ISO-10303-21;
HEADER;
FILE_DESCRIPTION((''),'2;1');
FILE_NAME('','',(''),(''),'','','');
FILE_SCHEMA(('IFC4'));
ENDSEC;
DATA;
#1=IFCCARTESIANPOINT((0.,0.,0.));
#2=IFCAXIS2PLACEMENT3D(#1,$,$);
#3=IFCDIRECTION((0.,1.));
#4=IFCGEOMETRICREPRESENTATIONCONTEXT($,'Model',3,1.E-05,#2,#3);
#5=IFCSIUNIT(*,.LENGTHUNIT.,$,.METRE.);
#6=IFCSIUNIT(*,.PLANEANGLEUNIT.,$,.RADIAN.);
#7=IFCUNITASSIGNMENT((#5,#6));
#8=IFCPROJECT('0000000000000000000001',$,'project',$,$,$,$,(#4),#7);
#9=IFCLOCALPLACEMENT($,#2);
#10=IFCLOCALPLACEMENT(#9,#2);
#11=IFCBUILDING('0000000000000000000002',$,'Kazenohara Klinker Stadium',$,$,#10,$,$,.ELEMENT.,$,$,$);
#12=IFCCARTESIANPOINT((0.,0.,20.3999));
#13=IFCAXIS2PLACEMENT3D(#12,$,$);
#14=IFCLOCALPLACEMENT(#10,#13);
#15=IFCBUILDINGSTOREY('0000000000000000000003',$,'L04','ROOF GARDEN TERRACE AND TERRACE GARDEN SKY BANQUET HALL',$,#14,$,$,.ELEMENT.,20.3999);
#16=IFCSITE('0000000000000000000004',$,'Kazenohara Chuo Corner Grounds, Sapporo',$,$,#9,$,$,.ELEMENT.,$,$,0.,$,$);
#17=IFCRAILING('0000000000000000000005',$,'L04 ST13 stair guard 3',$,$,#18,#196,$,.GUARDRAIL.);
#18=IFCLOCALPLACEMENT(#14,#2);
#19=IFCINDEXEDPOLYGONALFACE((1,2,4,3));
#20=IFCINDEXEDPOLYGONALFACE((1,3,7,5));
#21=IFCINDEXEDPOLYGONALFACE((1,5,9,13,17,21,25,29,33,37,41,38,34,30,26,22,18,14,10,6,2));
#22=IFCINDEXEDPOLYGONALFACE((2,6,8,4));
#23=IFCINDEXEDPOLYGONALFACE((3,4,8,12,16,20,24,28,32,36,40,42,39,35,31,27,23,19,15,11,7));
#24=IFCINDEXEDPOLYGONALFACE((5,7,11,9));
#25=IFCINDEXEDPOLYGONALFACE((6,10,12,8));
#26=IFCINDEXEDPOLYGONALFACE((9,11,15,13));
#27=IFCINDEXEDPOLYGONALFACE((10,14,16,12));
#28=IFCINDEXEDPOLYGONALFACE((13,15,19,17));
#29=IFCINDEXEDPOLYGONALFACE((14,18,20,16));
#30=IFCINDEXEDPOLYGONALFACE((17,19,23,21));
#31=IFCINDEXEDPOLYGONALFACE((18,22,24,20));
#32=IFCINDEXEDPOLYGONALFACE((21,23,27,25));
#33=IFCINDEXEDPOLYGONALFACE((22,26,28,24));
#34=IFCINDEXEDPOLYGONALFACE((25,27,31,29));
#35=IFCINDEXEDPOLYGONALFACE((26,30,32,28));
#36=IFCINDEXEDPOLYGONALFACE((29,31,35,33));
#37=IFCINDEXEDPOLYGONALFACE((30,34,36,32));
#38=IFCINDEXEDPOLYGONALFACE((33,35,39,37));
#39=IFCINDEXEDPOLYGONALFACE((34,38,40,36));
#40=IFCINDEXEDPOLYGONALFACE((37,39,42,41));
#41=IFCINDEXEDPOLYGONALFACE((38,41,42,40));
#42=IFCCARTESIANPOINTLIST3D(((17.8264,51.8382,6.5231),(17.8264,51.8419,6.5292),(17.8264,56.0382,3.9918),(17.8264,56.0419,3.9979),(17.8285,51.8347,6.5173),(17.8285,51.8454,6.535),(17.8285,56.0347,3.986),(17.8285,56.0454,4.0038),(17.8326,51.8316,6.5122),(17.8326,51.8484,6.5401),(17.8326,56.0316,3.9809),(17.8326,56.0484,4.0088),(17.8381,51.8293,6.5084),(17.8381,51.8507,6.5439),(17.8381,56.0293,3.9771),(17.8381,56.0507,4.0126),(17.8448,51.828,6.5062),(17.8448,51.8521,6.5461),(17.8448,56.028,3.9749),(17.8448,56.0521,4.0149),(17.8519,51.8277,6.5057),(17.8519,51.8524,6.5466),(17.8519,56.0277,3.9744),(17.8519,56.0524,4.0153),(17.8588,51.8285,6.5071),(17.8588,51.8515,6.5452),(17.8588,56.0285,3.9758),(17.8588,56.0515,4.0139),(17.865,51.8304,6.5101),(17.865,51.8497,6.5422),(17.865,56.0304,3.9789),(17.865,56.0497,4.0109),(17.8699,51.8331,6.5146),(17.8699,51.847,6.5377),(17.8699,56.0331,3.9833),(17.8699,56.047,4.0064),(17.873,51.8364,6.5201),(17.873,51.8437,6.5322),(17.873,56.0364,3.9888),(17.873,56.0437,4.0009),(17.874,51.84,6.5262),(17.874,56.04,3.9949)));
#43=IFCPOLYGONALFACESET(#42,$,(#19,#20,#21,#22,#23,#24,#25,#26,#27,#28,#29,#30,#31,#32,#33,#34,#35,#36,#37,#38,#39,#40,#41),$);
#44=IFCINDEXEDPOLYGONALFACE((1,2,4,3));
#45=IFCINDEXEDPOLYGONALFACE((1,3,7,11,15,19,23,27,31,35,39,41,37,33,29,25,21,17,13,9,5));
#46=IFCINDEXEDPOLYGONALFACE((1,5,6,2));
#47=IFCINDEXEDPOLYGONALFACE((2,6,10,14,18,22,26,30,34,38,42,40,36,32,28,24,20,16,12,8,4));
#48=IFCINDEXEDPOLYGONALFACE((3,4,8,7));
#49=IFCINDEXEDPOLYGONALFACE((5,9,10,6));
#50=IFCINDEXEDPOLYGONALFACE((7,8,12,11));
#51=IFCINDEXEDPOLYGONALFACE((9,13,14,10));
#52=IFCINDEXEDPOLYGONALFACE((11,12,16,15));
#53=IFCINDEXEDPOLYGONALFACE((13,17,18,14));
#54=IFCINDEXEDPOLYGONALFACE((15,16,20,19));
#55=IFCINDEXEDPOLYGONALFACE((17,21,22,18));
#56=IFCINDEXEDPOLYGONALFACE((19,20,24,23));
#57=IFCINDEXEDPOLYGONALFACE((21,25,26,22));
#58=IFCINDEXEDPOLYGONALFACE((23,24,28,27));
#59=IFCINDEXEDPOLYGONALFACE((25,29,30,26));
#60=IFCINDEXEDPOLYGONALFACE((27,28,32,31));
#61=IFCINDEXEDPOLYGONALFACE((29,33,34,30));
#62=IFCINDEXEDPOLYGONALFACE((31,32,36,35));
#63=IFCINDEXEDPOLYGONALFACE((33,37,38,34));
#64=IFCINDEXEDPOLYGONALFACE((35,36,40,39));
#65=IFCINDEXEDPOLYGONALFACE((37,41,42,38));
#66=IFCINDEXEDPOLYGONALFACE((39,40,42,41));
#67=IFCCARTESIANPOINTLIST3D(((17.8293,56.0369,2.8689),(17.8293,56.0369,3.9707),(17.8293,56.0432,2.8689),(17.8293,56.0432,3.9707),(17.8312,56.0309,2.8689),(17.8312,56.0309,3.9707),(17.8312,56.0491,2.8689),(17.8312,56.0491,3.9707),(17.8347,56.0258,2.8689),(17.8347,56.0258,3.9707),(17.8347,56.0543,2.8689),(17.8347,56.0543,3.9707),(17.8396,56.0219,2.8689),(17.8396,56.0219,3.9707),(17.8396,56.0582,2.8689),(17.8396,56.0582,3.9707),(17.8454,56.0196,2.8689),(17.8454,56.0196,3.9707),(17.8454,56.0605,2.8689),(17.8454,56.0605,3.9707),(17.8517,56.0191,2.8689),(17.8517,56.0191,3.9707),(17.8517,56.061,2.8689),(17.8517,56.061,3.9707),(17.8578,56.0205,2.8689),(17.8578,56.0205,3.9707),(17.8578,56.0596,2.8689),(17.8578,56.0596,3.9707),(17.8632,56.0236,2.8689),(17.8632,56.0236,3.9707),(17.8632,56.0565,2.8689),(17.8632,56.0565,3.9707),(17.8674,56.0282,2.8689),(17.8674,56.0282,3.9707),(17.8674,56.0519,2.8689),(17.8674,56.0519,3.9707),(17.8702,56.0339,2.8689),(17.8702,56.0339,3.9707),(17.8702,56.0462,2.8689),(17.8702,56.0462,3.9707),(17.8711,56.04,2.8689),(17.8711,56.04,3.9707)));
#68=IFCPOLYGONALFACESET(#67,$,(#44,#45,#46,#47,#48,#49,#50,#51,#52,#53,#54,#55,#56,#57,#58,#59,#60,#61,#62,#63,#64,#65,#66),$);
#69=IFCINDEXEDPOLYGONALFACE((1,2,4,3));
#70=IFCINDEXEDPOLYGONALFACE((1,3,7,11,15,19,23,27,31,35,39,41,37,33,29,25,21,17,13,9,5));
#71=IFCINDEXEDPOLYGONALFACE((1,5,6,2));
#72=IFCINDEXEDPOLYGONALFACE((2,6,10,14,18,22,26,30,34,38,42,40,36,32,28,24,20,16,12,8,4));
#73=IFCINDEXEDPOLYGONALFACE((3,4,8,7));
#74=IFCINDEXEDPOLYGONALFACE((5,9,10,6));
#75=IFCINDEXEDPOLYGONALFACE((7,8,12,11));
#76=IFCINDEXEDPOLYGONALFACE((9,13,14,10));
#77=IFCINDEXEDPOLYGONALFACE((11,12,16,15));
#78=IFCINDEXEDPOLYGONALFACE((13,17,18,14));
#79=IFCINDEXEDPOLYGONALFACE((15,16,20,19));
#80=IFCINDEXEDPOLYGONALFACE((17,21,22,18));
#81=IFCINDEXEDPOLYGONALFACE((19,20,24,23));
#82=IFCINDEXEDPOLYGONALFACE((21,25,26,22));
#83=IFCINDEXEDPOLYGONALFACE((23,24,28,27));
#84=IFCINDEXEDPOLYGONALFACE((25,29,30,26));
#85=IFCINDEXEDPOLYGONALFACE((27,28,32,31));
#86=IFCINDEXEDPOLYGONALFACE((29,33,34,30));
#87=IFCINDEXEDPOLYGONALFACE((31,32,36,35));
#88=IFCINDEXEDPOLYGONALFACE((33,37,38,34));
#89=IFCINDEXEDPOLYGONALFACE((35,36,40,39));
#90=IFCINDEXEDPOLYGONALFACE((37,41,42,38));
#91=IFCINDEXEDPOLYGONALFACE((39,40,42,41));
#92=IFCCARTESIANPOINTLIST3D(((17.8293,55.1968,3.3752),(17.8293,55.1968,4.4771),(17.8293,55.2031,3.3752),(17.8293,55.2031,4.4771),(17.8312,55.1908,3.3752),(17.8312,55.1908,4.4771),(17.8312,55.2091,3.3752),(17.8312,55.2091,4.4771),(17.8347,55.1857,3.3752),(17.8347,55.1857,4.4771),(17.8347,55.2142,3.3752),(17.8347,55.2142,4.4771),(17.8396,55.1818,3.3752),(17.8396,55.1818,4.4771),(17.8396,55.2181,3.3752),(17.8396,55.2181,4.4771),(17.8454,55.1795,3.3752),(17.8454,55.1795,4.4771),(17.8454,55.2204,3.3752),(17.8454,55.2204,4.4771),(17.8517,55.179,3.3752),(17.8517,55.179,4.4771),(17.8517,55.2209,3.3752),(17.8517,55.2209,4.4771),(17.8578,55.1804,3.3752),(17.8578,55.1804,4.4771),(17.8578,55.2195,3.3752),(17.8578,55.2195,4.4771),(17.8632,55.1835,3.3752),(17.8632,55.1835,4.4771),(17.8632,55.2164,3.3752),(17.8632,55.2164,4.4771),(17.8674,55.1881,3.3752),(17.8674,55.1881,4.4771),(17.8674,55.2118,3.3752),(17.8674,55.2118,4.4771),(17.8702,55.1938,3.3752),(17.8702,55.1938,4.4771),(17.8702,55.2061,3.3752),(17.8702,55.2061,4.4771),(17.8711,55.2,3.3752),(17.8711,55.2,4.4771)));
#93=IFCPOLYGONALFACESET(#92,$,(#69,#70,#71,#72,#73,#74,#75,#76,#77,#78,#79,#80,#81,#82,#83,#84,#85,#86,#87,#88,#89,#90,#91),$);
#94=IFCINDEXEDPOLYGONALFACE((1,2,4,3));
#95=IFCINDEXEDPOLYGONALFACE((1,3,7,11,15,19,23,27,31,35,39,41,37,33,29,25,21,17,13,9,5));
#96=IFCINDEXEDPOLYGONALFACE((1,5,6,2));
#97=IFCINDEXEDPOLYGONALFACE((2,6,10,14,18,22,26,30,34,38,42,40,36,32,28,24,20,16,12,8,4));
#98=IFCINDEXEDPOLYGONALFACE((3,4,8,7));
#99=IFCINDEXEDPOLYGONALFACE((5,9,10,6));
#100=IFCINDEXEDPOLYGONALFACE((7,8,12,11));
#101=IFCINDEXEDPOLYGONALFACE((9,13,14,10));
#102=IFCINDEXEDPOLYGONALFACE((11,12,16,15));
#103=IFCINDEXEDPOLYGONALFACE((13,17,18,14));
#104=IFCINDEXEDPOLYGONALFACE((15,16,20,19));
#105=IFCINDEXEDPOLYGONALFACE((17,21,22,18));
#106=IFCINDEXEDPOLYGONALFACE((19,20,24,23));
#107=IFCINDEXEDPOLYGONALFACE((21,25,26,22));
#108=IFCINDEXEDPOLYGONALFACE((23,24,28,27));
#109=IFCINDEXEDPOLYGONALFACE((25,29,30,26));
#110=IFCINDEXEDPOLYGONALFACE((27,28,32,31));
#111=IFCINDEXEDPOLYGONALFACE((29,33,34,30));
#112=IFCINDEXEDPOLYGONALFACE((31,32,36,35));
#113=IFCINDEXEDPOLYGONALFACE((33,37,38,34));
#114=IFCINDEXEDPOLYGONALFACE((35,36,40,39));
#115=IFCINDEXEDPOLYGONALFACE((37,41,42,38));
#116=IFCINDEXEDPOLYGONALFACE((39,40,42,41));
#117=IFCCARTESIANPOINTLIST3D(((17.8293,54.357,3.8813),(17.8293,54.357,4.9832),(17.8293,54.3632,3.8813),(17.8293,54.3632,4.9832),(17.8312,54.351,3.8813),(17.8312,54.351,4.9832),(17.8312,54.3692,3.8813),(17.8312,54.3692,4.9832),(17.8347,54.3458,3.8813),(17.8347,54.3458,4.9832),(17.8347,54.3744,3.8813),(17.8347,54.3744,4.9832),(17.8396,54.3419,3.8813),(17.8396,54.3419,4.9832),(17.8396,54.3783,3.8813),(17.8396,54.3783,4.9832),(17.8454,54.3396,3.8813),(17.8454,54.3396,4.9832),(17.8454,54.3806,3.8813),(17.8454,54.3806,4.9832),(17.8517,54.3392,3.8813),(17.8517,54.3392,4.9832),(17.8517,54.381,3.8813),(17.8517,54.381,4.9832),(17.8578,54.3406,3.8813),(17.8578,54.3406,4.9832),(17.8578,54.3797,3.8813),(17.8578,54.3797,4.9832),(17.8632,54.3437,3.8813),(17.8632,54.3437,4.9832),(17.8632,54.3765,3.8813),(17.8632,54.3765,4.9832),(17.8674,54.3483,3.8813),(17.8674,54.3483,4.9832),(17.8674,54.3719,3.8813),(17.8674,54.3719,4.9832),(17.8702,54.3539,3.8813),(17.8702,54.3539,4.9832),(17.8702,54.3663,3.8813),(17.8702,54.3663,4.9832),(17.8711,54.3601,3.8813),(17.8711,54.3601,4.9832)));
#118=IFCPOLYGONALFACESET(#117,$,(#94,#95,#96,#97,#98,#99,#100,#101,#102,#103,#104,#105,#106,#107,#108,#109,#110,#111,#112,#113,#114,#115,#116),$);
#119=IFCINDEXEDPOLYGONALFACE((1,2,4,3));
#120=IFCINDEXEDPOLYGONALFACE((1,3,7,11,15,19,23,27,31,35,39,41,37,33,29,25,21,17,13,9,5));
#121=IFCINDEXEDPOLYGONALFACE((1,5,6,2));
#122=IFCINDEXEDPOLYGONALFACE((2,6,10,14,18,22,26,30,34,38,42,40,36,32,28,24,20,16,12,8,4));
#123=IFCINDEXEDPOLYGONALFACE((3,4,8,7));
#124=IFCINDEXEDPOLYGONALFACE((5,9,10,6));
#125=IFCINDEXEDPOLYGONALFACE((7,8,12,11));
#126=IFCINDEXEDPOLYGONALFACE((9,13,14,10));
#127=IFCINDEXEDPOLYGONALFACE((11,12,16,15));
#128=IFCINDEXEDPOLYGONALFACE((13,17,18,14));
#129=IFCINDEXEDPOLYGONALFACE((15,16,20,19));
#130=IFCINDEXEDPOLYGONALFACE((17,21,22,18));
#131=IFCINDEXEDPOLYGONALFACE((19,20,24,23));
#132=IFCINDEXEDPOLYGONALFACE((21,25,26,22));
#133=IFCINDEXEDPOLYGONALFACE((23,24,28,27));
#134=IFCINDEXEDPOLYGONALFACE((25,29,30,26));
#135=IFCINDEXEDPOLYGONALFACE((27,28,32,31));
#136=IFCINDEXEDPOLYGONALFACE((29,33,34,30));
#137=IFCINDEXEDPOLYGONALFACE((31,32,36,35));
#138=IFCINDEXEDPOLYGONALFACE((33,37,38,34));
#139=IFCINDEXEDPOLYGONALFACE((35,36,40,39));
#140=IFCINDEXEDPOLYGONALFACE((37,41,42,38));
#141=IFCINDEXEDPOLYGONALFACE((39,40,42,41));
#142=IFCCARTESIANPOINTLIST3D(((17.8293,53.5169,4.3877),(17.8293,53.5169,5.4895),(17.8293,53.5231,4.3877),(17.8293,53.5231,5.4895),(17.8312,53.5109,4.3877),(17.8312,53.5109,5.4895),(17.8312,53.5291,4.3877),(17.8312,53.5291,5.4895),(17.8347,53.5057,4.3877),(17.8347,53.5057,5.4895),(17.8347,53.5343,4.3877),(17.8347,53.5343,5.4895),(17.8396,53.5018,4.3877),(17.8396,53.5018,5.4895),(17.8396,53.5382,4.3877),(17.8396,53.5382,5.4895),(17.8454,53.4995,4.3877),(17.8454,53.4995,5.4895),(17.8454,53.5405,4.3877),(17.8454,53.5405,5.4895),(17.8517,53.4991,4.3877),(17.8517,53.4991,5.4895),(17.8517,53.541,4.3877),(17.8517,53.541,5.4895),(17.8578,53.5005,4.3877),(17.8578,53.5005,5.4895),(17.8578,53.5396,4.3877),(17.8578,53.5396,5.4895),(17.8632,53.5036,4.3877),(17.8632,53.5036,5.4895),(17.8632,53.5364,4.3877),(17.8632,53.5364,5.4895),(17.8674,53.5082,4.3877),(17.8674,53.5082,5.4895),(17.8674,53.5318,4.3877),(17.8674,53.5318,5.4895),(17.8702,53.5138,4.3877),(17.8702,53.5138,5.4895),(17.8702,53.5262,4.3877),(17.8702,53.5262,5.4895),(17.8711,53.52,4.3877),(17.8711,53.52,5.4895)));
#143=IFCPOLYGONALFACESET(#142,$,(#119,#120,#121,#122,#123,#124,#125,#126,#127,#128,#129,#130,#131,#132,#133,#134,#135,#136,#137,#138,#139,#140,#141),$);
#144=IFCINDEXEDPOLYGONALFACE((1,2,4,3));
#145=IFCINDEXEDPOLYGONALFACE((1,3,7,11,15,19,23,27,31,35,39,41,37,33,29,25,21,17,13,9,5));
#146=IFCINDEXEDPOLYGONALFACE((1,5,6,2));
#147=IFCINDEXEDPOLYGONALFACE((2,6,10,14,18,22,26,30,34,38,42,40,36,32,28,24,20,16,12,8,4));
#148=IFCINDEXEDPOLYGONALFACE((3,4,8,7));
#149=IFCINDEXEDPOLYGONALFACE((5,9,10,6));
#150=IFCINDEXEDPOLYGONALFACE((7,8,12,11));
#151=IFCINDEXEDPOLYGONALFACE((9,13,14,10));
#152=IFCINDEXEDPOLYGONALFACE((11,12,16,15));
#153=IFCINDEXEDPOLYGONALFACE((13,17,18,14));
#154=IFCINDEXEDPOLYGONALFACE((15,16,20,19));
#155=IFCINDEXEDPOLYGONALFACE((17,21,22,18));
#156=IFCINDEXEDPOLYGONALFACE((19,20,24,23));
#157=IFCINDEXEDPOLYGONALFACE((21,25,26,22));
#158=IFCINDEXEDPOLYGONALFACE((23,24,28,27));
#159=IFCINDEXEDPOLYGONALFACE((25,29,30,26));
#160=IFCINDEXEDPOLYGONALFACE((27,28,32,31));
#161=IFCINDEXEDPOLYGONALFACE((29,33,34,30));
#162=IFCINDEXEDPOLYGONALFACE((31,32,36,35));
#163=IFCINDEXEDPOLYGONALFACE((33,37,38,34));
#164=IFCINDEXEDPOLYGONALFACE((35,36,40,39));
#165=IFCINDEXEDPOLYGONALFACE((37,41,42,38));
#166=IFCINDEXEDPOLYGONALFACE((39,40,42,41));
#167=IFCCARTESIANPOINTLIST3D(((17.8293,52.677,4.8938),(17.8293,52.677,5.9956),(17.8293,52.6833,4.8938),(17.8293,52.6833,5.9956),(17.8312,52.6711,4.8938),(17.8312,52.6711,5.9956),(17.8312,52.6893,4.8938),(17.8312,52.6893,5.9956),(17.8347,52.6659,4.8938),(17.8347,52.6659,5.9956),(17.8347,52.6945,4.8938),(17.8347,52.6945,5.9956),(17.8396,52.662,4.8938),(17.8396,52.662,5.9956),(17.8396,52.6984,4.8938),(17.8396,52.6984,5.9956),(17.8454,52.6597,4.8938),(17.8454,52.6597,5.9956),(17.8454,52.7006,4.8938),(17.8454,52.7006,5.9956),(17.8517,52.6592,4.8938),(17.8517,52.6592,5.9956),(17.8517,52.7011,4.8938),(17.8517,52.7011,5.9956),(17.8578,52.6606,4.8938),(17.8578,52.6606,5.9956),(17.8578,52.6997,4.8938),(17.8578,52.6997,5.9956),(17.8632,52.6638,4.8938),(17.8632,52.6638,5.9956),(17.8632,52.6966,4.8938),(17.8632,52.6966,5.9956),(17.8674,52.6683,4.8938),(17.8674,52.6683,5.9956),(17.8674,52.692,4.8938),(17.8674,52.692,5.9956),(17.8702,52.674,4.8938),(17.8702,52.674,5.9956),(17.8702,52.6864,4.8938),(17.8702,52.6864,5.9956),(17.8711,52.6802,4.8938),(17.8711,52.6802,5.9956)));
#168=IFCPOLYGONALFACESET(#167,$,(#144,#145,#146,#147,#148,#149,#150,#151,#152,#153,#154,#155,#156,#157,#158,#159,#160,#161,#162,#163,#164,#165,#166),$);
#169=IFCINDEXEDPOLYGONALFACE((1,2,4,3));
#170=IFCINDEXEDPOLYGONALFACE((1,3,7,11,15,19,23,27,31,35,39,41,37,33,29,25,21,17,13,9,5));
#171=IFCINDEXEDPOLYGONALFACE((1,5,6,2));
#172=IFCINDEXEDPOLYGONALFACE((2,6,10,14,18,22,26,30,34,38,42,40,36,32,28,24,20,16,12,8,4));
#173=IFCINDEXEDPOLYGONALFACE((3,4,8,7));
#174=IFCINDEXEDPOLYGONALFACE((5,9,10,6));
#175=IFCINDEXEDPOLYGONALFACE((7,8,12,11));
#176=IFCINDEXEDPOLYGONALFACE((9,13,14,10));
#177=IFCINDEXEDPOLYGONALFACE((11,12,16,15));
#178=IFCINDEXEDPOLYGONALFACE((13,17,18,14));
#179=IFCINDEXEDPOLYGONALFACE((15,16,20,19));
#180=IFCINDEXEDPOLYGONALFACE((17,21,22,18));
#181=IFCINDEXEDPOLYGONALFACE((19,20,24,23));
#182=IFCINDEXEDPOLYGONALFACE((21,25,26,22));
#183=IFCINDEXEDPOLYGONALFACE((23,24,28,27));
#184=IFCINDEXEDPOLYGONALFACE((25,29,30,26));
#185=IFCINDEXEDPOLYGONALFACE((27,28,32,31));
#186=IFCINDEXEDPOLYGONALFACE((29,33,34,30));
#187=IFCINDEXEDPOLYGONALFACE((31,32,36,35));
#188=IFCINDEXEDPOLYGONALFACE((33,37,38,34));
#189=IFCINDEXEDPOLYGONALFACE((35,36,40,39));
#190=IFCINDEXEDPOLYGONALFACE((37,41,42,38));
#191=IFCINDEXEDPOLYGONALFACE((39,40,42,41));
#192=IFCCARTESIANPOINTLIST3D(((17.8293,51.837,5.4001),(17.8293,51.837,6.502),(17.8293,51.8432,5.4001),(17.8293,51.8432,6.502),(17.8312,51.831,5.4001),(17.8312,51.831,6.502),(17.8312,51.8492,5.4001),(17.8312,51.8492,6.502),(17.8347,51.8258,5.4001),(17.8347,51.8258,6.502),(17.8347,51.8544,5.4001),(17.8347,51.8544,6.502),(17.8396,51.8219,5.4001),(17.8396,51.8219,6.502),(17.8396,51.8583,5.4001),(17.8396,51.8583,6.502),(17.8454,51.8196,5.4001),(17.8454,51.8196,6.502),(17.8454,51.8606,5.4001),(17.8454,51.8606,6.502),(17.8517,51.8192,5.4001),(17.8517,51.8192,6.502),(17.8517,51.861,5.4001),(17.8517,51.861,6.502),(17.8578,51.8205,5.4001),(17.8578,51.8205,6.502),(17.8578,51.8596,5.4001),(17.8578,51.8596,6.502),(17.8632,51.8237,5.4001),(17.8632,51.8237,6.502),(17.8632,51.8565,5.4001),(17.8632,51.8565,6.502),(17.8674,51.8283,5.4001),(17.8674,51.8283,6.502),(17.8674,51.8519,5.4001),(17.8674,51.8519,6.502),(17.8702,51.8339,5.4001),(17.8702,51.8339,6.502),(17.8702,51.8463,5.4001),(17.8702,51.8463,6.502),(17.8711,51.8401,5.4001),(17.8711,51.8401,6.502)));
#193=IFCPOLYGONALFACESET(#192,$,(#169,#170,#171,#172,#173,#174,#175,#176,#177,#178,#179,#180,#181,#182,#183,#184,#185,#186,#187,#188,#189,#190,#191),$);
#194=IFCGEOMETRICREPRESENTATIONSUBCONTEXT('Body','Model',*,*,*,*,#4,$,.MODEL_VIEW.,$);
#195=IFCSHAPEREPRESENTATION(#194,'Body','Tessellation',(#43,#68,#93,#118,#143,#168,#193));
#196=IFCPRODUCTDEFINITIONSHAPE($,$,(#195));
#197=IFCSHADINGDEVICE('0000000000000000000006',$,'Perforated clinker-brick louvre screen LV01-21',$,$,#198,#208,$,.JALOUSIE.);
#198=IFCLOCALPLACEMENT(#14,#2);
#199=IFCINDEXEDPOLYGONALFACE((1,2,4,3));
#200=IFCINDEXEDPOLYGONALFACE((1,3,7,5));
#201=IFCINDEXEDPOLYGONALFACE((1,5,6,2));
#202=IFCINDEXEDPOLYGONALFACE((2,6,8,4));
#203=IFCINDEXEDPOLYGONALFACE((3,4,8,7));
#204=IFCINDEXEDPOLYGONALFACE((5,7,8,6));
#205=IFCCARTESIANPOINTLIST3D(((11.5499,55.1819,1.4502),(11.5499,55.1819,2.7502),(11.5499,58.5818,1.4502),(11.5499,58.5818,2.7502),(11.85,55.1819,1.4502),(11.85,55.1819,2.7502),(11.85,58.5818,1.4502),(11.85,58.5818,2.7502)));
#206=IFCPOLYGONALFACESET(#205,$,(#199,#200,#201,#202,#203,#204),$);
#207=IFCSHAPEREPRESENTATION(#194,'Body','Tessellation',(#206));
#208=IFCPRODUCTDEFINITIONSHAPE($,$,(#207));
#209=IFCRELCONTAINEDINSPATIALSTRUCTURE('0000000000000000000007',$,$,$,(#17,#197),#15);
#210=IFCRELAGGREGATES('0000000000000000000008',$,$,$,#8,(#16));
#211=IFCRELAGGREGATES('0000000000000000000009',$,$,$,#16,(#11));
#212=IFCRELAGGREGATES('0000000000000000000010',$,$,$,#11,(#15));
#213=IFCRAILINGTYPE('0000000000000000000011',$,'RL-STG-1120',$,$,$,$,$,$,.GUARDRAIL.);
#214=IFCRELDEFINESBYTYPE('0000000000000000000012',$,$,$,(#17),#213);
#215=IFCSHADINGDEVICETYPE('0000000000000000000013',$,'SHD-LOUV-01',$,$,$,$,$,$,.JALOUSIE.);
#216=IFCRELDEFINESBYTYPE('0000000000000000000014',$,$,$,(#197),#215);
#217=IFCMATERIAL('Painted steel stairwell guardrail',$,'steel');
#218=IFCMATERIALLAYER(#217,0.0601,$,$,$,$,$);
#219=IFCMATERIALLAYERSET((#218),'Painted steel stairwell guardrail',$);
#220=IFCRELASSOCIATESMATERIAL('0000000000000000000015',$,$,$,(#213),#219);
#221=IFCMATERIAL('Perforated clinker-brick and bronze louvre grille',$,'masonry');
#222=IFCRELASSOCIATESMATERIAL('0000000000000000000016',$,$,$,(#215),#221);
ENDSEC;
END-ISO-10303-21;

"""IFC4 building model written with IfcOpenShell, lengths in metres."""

from ifc_helpers import new_model, si_unit, direction, frame, origin, origin_2d, place, context, subcontext, project, spatial, rectangle, circle, extrude, material, layer, layer_set, type_object, element, save


model = new_model("IFC4")

# Units and contexts
model_context = context("Model", 3, precision=1e-05, world=origin(), true_north=direction((0.0, 1.0)))
body_context = subcontext(model_context, "Body", "Model", "MODEL_VIEW")
ifc_project = project(units=[si_unit("LENGTHUNIT", "METRE"), si_unit("PLANEANGLEUNIT", "RADIAN")], contexts=[model_context])

# Site, building, storey
site_placement = place(None, origin())
site = spatial("IfcSite", under=ifc_project, at=site_placement, Name="Kazenohara Chuo Corner Grounds, Sapporo", CompositionType="ELEMENT", RefElevation=0.0)
building_placement = place(site_placement, origin())
building = spatial("IfcBuilding", under=site, at=building_placement, Name="Kazenohara Klinker Stadium", CompositionType="ELEMENT")
storey_placement = place(building_placement, frame((0.0, 0.0, 20.3999)))
storey = spatial("IfcBuildingStorey", under=building, at=storey_placement, Name="L04", Description="ROOF GARDEN TERRACE AND TERRACE GARDEN SKY BANQUET HALL", CompositionType="ELEMENT", Elevation=20.3999)

# Railing
ifc_material_1 = material(Name="Painted steel stairwell guardrail", Category="steel")
ifc_layer_1 = layer(ifc_material_1, 0.0601)
ifc_layer_set_1 = layer_set([ifc_layer_1], Name="Painted steel stairwell guardrail")
railing_type = type_object("IfcRailingType", Name="RL-STG-1120", PredefinedType="GUARDRAIL", material=ifc_layer_set_1)
railing_1_placement = place(storey_placement, frame((17.8501, 56.04, 2.8689)))
element("IfcRailing", 1, at=railing_1_placement, inside=storey, type_object=railing_type, Name="L04 ST13 stair guard 3", PredefinedType="GUARDRAIL", context=body_context, shape_type="SweptSolid", body=[
    extrude(circle(Radius=0.0239, at=origin_2d()), frame((0.0, 0.0, 1.126), z_axis=(0.0, -0.856476, 0.516186), x_axis=(1.0, 0.0, 0.0)), (0.0, 0.0, 1.0), 4.9038),
    extrude(circle(Radius=0.021, at=origin_2d()), origin(), (0.0, 0.0, 1.0), 1.1018),
    extrude(circle(Radius=0.021, at=origin_2d()), frame((0.0, -0.8401, 0.5063)), (0.0, 0.0, 1.0), 1.1018),
    extrude(circle(Radius=0.021, at=origin_2d()), frame((0.0, -1.6799, 1.0125)), (0.0, 0.0, 1.0), 1.1018),
    extrude(circle(Radius=0.021, at=origin_2d()), frame((0.0, -2.52, 1.5188)), (0.0, 0.0, 1.0), 1.1018),
    extrude(circle(Radius=0.021, at=origin_2d()), frame((0.0, -3.3599, 2.0249)), (0.0, 0.0, 1.0), 1.1018),
    extrude(circle(Radius=0.021, at=origin_2d()), frame((0.0, -4.2, 2.5312)), (0.0, 0.0, 1.0), 1.1018),
])

# Shading device
ifc_material_2 = material(Name="Perforated clinker-brick and bronze louvre grille", Category="masonry")
shading_device_type = type_object("IfcShadingDeviceType", Name="SHD-LOUV-01", PredefinedType="JALOUSIE", material=ifc_material_2)
shading_device_placement = place(storey_placement, frame((11.7, 56.8818, 1.4502), z_axis=(0.0, 0.0, 1.0), x_axis=(0.0, 1.0, 0.0)))
element("IfcShadingDevice", 2, at=shading_device_placement, inside=storey, type_object=shading_device_type, Name="Perforated clinker-brick louvre screen LV01-21", PredefinedType="JALOUSIE", context=body_context, shape_type="SweptSolid", body=[
    extrude(rectangle(XDim=3.3999, YDim=0.3, at=origin_2d()), origin(), (0.0, 0.0, 1.0), 1.3),
])

save(model, "model.ifc")
